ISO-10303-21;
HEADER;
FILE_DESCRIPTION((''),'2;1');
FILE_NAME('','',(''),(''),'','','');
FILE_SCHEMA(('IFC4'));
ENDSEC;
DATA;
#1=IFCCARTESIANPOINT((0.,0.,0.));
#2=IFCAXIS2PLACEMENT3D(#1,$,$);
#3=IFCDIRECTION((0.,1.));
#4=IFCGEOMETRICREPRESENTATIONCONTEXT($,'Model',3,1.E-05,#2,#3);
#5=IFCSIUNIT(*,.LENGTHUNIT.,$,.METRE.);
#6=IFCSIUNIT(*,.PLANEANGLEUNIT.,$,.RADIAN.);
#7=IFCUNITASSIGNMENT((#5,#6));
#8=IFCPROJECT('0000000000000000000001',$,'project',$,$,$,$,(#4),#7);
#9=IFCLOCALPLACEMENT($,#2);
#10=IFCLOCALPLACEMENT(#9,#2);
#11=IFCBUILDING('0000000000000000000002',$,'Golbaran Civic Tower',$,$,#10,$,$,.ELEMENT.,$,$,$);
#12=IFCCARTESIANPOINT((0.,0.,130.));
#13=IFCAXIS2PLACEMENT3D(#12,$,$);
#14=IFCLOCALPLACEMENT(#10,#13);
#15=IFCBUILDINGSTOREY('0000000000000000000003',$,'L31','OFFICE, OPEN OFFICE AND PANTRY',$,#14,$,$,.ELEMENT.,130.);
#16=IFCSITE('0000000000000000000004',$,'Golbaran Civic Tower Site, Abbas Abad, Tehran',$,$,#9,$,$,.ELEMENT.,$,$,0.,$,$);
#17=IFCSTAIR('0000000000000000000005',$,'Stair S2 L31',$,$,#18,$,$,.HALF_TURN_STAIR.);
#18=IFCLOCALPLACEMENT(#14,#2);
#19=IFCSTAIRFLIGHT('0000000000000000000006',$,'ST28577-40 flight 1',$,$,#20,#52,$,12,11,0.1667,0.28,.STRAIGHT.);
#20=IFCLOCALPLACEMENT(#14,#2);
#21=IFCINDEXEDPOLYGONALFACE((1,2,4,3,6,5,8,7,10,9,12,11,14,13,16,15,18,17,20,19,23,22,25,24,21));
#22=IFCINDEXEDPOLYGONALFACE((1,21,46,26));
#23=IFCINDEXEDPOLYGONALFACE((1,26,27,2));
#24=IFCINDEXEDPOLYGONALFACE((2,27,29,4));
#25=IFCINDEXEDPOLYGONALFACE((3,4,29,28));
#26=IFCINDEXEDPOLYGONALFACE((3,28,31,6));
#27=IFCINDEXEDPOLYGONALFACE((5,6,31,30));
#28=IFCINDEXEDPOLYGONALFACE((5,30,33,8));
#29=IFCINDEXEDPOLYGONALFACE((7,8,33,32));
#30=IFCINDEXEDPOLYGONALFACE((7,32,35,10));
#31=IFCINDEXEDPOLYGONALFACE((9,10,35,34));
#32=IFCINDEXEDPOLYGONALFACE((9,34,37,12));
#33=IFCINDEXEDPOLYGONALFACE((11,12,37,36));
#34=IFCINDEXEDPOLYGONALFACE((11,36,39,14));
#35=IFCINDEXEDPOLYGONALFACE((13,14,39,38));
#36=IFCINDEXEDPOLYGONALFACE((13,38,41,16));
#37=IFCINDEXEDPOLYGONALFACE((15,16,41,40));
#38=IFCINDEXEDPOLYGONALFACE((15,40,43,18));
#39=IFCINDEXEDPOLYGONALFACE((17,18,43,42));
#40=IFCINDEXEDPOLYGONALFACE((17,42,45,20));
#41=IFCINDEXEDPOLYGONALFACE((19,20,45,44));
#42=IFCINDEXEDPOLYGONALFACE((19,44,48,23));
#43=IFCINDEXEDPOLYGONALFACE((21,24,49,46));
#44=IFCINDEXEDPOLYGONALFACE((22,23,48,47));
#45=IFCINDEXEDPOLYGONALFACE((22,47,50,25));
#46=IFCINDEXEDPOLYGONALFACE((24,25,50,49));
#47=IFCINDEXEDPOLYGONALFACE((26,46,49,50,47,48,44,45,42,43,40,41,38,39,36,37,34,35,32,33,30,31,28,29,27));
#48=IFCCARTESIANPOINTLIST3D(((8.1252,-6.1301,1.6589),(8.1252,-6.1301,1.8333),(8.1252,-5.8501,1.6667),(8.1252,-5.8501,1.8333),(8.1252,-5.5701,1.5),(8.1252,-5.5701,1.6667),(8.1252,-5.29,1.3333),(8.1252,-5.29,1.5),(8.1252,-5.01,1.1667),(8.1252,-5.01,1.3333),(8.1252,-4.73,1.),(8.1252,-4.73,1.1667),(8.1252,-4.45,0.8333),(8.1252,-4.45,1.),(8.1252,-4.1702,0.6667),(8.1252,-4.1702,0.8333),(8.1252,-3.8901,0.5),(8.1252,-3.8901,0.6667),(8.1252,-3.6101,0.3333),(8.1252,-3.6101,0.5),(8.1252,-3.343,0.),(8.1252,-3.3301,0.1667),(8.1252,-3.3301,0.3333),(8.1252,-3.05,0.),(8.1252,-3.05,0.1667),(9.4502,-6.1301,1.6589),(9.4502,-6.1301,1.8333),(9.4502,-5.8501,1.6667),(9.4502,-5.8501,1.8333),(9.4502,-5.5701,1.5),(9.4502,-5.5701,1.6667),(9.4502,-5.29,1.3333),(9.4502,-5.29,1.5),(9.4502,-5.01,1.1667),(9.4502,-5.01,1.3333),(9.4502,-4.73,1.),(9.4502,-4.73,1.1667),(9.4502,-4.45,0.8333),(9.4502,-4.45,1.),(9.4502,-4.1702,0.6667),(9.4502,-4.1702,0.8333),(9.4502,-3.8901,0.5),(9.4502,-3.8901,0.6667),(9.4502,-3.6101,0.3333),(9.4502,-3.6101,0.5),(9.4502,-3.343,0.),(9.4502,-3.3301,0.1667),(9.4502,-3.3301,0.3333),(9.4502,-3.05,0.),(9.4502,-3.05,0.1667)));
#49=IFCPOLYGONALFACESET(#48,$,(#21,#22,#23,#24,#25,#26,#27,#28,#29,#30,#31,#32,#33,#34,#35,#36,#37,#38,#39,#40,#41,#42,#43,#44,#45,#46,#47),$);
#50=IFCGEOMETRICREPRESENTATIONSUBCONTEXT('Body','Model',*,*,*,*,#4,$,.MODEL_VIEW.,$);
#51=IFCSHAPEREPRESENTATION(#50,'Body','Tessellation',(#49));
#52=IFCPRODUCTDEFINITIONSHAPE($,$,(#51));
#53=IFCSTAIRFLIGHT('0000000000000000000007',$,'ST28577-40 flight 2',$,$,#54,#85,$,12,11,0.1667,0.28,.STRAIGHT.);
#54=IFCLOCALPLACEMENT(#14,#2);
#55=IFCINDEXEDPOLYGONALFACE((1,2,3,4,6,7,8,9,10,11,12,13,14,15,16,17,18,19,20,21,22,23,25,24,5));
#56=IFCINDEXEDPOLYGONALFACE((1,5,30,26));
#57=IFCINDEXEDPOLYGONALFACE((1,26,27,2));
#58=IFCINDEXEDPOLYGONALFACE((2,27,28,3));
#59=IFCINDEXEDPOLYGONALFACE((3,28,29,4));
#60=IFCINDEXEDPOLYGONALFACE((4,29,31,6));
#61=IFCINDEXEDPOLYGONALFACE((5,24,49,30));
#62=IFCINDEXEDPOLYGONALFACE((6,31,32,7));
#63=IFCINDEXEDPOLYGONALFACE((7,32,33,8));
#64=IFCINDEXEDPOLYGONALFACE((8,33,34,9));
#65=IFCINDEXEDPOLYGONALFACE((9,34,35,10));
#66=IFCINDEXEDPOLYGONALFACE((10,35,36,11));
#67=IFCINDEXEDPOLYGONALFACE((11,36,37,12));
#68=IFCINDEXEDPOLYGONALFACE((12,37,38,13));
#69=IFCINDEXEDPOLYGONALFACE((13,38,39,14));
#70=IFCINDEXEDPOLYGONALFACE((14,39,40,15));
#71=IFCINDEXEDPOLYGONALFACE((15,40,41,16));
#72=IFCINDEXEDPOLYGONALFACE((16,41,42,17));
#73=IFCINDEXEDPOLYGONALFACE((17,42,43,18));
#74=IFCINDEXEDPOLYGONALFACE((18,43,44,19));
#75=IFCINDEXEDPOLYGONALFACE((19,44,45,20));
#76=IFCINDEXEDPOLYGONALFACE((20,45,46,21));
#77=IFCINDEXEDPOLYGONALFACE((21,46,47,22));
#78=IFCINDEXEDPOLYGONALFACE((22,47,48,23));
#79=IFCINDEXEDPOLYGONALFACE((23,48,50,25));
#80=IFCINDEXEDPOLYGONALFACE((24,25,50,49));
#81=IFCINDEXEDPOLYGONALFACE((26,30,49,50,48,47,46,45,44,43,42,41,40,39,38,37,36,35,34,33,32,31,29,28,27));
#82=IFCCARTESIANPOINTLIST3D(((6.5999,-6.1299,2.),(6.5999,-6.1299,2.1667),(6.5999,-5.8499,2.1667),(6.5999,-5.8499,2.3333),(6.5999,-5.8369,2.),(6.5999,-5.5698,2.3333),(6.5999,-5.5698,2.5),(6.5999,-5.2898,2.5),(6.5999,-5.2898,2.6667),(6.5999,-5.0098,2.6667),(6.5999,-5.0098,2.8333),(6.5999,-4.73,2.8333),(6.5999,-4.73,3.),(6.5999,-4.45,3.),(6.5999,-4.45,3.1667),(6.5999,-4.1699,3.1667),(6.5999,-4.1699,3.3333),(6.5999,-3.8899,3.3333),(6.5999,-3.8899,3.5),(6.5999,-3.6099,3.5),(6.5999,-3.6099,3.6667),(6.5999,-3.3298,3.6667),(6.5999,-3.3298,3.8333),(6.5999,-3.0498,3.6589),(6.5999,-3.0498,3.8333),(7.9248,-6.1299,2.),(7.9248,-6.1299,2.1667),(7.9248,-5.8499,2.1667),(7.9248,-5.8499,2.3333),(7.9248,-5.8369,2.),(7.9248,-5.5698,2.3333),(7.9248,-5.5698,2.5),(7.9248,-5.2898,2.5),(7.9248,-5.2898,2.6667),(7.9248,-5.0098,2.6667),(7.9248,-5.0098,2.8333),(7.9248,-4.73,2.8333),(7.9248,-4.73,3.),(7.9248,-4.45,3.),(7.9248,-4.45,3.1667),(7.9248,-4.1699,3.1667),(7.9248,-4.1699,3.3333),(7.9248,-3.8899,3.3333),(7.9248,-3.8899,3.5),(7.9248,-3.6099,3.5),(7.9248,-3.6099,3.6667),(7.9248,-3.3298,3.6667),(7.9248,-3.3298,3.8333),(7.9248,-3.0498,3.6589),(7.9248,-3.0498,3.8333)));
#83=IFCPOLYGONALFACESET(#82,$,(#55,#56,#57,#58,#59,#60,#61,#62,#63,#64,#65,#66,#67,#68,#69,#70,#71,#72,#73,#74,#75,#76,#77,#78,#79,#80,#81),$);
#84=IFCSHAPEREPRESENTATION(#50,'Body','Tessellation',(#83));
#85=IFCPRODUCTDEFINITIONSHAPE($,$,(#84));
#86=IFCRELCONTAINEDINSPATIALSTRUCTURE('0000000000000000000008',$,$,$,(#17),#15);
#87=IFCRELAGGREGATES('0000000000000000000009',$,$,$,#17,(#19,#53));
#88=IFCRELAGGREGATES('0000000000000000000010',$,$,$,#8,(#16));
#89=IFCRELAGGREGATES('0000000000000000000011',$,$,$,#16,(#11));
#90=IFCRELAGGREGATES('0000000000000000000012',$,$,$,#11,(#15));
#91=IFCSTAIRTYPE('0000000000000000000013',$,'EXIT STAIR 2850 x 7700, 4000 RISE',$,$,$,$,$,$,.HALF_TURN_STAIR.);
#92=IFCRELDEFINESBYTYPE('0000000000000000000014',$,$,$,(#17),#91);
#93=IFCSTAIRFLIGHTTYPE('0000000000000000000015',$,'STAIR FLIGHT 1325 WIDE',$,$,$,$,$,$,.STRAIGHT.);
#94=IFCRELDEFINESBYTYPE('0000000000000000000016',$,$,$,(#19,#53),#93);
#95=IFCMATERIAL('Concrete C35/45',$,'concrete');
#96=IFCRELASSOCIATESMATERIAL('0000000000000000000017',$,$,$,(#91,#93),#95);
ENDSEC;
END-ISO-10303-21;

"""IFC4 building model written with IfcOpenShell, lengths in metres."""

from ifc_helpers import new_model, si_unit, direction, frame, origin, place, context, subcontext, project, spatial, polyline, outline, extrude, material, type_object, element, aggregate, save


model = new_model("IFC4")

# Units and contexts
model_context = context("Model", 3, precision=1e-05, world=origin(), true_north=direction((0.0, 1.0)))
body_context = subcontext(model_context, "Body", "Model", "MODEL_VIEW")
ifc_project = project(units=[si_unit("LENGTHUNIT", "METRE"), si_unit("PLANEANGLEUNIT", "RADIAN")], contexts=[model_context])

# Site, building, storey
site_placement = place(None, origin())
site = spatial("IfcSite", under=ifc_project, at=site_placement, Name="Golbaran Civic Tower Site, Abbas Abad, Tehran", CompositionType="ELEMENT", RefElevation=0.0)
building_placement = place(site_placement, origin())
building = spatial("IfcBuilding", under=site, at=building_placement, Name="Golbaran Civic Tower", CompositionType="ELEMENT")
storey_placement = place(building_placement, frame((0.0, 0.0, 130.0)))
storey = spatial("IfcBuildingStorey", under=building, at=storey_placement, Name="L31", Description="OFFICE, OPEN OFFICE AND PANTRY", CompositionType="ELEMENT", Elevation=130.0)

# Shared definitions
ifc_material_1 = material(Name="Concrete C35/45", Category="concrete")

# Shared definitions
stair_type = type_object("IfcStairType", Name="EXIT STAIR 2850 x 7700, 4000 RISE", PredefinedType="HALF_TURN_STAIR", material=ifc_material_1)

# Stair
stair_1_placement = place(storey_placement, origin())
stair_1 = element("IfcStair", 1, at=stair_1_placement, inside=storey, type_object=stair_type, Name="Stair S2 L31", PredefinedType="HALF_TURN_STAIR")

# Stair flights
stair_flight_type = type_object("IfcStairFlightType", Name="STAIR FLIGHT 1325 WIDE", PredefinedType="STRAIGHT", material=ifc_material_1)
stair_flight_1_placement = place(storey_placement, frame((8.7876, -3.05, 0.0), z_axis=(0.0, 0.0, 1.0), x_axis=(0.0, -1.0, 0.0)))
stair_flight_1 = element("IfcStairFlight", 2, at=stair_flight_1_placement, type_object=stair_flight_type, Name="ST28577-40 flight 1", NumberOfRisers=12, NumberOfTreads=11, PredefinedType="STRAIGHT", RiserHeight=0.1667, TreadLength=0.28, context=body_context, shape_type="SweptSolid", body=[
    extrude(outline(polyline([(0.0, 0.0), (0.0, 0.1667), (0.28, 0.1667), (0.28, 0.3333), (0.5601, 0.3333), (0.5601, 0.5), (0.8401, 0.5), (0.8401, 0.6667), (1.1201, 0.6667), (1.1201, 0.8333), (1.3999, 0.8333), (1.3999, 1.0), (1.6799, 1.0), (1.6799, 1.1667), (1.96, 1.1667), (1.96, 1.3333), (2.24, 1.3333), (2.24, 1.5), (2.52, 1.5), (2.52, 1.6667), (2.8, 1.6667), (2.8, 1.8333), (3.0801, 1.8333), (3.0801, 2.0), (3.0801, 1.6589), (0.293, 0.0), (0.0, 0.0)])), frame((0.0, 0.6626, 0.0), z_axis=(0.0, -1.0, 0.0), x_axis=(1.0, 0.0, 0.0)), (0.0, 0.0, 1.0), 1.325),
])
stair_flight_2_placement = place(storey_placement, frame((7.2625, -6.1299, 2.0), z_axis=(0.0, 0.0, 1.0), x_axis=(0.0, 1.0, 0.0)))
stair_flight_2 = element("IfcStairFlight", 3, at=stair_flight_2_placement, type_object=stair_flight_type, Name="ST28577-40 flight 2", NumberOfRisers=12, NumberOfTreads=11, PredefinedType="STRAIGHT", RiserHeight=0.1667, TreadLength=0.28, context=body_context, shape_type="SweptSolid", body=[
    extrude(outline(polyline([(0.0, 0.0), (0.0, 0.1667), (0.28, 0.1667), (0.28, 0.3333), (0.5601, 0.3333), (0.5601, 0.5), (0.8401, 0.5), (0.8401, 0.6667), (1.1201, 0.6667), (1.1201, 0.8333), (1.3999, 0.8333), (1.3999, 1.0), (1.6799, 1.0), (1.6799, 1.1667), (1.96, 1.1667), (1.96, 1.3333), (2.24, 1.3333), (2.24, 1.5), (2.52, 1.5), (2.52, 1.6667), (2.8, 1.6667), (2.8, 1.8333), (3.0801, 1.8333), (3.0801, 2.0), (3.0801, 1.6589), (0.293, 0.0), (0.0, 0.0)])), frame((0.0, 0.6626, 0.0), z_axis=(0.0, -1.0, 0.0), x_axis=(1.0, 0.0, 0.0)), (0.0, 0.0, 1.0), 1.325),
])
aggregate(stair_1, [stair_flight_1, stair_flight_2])

save(model, "model.ifc")
